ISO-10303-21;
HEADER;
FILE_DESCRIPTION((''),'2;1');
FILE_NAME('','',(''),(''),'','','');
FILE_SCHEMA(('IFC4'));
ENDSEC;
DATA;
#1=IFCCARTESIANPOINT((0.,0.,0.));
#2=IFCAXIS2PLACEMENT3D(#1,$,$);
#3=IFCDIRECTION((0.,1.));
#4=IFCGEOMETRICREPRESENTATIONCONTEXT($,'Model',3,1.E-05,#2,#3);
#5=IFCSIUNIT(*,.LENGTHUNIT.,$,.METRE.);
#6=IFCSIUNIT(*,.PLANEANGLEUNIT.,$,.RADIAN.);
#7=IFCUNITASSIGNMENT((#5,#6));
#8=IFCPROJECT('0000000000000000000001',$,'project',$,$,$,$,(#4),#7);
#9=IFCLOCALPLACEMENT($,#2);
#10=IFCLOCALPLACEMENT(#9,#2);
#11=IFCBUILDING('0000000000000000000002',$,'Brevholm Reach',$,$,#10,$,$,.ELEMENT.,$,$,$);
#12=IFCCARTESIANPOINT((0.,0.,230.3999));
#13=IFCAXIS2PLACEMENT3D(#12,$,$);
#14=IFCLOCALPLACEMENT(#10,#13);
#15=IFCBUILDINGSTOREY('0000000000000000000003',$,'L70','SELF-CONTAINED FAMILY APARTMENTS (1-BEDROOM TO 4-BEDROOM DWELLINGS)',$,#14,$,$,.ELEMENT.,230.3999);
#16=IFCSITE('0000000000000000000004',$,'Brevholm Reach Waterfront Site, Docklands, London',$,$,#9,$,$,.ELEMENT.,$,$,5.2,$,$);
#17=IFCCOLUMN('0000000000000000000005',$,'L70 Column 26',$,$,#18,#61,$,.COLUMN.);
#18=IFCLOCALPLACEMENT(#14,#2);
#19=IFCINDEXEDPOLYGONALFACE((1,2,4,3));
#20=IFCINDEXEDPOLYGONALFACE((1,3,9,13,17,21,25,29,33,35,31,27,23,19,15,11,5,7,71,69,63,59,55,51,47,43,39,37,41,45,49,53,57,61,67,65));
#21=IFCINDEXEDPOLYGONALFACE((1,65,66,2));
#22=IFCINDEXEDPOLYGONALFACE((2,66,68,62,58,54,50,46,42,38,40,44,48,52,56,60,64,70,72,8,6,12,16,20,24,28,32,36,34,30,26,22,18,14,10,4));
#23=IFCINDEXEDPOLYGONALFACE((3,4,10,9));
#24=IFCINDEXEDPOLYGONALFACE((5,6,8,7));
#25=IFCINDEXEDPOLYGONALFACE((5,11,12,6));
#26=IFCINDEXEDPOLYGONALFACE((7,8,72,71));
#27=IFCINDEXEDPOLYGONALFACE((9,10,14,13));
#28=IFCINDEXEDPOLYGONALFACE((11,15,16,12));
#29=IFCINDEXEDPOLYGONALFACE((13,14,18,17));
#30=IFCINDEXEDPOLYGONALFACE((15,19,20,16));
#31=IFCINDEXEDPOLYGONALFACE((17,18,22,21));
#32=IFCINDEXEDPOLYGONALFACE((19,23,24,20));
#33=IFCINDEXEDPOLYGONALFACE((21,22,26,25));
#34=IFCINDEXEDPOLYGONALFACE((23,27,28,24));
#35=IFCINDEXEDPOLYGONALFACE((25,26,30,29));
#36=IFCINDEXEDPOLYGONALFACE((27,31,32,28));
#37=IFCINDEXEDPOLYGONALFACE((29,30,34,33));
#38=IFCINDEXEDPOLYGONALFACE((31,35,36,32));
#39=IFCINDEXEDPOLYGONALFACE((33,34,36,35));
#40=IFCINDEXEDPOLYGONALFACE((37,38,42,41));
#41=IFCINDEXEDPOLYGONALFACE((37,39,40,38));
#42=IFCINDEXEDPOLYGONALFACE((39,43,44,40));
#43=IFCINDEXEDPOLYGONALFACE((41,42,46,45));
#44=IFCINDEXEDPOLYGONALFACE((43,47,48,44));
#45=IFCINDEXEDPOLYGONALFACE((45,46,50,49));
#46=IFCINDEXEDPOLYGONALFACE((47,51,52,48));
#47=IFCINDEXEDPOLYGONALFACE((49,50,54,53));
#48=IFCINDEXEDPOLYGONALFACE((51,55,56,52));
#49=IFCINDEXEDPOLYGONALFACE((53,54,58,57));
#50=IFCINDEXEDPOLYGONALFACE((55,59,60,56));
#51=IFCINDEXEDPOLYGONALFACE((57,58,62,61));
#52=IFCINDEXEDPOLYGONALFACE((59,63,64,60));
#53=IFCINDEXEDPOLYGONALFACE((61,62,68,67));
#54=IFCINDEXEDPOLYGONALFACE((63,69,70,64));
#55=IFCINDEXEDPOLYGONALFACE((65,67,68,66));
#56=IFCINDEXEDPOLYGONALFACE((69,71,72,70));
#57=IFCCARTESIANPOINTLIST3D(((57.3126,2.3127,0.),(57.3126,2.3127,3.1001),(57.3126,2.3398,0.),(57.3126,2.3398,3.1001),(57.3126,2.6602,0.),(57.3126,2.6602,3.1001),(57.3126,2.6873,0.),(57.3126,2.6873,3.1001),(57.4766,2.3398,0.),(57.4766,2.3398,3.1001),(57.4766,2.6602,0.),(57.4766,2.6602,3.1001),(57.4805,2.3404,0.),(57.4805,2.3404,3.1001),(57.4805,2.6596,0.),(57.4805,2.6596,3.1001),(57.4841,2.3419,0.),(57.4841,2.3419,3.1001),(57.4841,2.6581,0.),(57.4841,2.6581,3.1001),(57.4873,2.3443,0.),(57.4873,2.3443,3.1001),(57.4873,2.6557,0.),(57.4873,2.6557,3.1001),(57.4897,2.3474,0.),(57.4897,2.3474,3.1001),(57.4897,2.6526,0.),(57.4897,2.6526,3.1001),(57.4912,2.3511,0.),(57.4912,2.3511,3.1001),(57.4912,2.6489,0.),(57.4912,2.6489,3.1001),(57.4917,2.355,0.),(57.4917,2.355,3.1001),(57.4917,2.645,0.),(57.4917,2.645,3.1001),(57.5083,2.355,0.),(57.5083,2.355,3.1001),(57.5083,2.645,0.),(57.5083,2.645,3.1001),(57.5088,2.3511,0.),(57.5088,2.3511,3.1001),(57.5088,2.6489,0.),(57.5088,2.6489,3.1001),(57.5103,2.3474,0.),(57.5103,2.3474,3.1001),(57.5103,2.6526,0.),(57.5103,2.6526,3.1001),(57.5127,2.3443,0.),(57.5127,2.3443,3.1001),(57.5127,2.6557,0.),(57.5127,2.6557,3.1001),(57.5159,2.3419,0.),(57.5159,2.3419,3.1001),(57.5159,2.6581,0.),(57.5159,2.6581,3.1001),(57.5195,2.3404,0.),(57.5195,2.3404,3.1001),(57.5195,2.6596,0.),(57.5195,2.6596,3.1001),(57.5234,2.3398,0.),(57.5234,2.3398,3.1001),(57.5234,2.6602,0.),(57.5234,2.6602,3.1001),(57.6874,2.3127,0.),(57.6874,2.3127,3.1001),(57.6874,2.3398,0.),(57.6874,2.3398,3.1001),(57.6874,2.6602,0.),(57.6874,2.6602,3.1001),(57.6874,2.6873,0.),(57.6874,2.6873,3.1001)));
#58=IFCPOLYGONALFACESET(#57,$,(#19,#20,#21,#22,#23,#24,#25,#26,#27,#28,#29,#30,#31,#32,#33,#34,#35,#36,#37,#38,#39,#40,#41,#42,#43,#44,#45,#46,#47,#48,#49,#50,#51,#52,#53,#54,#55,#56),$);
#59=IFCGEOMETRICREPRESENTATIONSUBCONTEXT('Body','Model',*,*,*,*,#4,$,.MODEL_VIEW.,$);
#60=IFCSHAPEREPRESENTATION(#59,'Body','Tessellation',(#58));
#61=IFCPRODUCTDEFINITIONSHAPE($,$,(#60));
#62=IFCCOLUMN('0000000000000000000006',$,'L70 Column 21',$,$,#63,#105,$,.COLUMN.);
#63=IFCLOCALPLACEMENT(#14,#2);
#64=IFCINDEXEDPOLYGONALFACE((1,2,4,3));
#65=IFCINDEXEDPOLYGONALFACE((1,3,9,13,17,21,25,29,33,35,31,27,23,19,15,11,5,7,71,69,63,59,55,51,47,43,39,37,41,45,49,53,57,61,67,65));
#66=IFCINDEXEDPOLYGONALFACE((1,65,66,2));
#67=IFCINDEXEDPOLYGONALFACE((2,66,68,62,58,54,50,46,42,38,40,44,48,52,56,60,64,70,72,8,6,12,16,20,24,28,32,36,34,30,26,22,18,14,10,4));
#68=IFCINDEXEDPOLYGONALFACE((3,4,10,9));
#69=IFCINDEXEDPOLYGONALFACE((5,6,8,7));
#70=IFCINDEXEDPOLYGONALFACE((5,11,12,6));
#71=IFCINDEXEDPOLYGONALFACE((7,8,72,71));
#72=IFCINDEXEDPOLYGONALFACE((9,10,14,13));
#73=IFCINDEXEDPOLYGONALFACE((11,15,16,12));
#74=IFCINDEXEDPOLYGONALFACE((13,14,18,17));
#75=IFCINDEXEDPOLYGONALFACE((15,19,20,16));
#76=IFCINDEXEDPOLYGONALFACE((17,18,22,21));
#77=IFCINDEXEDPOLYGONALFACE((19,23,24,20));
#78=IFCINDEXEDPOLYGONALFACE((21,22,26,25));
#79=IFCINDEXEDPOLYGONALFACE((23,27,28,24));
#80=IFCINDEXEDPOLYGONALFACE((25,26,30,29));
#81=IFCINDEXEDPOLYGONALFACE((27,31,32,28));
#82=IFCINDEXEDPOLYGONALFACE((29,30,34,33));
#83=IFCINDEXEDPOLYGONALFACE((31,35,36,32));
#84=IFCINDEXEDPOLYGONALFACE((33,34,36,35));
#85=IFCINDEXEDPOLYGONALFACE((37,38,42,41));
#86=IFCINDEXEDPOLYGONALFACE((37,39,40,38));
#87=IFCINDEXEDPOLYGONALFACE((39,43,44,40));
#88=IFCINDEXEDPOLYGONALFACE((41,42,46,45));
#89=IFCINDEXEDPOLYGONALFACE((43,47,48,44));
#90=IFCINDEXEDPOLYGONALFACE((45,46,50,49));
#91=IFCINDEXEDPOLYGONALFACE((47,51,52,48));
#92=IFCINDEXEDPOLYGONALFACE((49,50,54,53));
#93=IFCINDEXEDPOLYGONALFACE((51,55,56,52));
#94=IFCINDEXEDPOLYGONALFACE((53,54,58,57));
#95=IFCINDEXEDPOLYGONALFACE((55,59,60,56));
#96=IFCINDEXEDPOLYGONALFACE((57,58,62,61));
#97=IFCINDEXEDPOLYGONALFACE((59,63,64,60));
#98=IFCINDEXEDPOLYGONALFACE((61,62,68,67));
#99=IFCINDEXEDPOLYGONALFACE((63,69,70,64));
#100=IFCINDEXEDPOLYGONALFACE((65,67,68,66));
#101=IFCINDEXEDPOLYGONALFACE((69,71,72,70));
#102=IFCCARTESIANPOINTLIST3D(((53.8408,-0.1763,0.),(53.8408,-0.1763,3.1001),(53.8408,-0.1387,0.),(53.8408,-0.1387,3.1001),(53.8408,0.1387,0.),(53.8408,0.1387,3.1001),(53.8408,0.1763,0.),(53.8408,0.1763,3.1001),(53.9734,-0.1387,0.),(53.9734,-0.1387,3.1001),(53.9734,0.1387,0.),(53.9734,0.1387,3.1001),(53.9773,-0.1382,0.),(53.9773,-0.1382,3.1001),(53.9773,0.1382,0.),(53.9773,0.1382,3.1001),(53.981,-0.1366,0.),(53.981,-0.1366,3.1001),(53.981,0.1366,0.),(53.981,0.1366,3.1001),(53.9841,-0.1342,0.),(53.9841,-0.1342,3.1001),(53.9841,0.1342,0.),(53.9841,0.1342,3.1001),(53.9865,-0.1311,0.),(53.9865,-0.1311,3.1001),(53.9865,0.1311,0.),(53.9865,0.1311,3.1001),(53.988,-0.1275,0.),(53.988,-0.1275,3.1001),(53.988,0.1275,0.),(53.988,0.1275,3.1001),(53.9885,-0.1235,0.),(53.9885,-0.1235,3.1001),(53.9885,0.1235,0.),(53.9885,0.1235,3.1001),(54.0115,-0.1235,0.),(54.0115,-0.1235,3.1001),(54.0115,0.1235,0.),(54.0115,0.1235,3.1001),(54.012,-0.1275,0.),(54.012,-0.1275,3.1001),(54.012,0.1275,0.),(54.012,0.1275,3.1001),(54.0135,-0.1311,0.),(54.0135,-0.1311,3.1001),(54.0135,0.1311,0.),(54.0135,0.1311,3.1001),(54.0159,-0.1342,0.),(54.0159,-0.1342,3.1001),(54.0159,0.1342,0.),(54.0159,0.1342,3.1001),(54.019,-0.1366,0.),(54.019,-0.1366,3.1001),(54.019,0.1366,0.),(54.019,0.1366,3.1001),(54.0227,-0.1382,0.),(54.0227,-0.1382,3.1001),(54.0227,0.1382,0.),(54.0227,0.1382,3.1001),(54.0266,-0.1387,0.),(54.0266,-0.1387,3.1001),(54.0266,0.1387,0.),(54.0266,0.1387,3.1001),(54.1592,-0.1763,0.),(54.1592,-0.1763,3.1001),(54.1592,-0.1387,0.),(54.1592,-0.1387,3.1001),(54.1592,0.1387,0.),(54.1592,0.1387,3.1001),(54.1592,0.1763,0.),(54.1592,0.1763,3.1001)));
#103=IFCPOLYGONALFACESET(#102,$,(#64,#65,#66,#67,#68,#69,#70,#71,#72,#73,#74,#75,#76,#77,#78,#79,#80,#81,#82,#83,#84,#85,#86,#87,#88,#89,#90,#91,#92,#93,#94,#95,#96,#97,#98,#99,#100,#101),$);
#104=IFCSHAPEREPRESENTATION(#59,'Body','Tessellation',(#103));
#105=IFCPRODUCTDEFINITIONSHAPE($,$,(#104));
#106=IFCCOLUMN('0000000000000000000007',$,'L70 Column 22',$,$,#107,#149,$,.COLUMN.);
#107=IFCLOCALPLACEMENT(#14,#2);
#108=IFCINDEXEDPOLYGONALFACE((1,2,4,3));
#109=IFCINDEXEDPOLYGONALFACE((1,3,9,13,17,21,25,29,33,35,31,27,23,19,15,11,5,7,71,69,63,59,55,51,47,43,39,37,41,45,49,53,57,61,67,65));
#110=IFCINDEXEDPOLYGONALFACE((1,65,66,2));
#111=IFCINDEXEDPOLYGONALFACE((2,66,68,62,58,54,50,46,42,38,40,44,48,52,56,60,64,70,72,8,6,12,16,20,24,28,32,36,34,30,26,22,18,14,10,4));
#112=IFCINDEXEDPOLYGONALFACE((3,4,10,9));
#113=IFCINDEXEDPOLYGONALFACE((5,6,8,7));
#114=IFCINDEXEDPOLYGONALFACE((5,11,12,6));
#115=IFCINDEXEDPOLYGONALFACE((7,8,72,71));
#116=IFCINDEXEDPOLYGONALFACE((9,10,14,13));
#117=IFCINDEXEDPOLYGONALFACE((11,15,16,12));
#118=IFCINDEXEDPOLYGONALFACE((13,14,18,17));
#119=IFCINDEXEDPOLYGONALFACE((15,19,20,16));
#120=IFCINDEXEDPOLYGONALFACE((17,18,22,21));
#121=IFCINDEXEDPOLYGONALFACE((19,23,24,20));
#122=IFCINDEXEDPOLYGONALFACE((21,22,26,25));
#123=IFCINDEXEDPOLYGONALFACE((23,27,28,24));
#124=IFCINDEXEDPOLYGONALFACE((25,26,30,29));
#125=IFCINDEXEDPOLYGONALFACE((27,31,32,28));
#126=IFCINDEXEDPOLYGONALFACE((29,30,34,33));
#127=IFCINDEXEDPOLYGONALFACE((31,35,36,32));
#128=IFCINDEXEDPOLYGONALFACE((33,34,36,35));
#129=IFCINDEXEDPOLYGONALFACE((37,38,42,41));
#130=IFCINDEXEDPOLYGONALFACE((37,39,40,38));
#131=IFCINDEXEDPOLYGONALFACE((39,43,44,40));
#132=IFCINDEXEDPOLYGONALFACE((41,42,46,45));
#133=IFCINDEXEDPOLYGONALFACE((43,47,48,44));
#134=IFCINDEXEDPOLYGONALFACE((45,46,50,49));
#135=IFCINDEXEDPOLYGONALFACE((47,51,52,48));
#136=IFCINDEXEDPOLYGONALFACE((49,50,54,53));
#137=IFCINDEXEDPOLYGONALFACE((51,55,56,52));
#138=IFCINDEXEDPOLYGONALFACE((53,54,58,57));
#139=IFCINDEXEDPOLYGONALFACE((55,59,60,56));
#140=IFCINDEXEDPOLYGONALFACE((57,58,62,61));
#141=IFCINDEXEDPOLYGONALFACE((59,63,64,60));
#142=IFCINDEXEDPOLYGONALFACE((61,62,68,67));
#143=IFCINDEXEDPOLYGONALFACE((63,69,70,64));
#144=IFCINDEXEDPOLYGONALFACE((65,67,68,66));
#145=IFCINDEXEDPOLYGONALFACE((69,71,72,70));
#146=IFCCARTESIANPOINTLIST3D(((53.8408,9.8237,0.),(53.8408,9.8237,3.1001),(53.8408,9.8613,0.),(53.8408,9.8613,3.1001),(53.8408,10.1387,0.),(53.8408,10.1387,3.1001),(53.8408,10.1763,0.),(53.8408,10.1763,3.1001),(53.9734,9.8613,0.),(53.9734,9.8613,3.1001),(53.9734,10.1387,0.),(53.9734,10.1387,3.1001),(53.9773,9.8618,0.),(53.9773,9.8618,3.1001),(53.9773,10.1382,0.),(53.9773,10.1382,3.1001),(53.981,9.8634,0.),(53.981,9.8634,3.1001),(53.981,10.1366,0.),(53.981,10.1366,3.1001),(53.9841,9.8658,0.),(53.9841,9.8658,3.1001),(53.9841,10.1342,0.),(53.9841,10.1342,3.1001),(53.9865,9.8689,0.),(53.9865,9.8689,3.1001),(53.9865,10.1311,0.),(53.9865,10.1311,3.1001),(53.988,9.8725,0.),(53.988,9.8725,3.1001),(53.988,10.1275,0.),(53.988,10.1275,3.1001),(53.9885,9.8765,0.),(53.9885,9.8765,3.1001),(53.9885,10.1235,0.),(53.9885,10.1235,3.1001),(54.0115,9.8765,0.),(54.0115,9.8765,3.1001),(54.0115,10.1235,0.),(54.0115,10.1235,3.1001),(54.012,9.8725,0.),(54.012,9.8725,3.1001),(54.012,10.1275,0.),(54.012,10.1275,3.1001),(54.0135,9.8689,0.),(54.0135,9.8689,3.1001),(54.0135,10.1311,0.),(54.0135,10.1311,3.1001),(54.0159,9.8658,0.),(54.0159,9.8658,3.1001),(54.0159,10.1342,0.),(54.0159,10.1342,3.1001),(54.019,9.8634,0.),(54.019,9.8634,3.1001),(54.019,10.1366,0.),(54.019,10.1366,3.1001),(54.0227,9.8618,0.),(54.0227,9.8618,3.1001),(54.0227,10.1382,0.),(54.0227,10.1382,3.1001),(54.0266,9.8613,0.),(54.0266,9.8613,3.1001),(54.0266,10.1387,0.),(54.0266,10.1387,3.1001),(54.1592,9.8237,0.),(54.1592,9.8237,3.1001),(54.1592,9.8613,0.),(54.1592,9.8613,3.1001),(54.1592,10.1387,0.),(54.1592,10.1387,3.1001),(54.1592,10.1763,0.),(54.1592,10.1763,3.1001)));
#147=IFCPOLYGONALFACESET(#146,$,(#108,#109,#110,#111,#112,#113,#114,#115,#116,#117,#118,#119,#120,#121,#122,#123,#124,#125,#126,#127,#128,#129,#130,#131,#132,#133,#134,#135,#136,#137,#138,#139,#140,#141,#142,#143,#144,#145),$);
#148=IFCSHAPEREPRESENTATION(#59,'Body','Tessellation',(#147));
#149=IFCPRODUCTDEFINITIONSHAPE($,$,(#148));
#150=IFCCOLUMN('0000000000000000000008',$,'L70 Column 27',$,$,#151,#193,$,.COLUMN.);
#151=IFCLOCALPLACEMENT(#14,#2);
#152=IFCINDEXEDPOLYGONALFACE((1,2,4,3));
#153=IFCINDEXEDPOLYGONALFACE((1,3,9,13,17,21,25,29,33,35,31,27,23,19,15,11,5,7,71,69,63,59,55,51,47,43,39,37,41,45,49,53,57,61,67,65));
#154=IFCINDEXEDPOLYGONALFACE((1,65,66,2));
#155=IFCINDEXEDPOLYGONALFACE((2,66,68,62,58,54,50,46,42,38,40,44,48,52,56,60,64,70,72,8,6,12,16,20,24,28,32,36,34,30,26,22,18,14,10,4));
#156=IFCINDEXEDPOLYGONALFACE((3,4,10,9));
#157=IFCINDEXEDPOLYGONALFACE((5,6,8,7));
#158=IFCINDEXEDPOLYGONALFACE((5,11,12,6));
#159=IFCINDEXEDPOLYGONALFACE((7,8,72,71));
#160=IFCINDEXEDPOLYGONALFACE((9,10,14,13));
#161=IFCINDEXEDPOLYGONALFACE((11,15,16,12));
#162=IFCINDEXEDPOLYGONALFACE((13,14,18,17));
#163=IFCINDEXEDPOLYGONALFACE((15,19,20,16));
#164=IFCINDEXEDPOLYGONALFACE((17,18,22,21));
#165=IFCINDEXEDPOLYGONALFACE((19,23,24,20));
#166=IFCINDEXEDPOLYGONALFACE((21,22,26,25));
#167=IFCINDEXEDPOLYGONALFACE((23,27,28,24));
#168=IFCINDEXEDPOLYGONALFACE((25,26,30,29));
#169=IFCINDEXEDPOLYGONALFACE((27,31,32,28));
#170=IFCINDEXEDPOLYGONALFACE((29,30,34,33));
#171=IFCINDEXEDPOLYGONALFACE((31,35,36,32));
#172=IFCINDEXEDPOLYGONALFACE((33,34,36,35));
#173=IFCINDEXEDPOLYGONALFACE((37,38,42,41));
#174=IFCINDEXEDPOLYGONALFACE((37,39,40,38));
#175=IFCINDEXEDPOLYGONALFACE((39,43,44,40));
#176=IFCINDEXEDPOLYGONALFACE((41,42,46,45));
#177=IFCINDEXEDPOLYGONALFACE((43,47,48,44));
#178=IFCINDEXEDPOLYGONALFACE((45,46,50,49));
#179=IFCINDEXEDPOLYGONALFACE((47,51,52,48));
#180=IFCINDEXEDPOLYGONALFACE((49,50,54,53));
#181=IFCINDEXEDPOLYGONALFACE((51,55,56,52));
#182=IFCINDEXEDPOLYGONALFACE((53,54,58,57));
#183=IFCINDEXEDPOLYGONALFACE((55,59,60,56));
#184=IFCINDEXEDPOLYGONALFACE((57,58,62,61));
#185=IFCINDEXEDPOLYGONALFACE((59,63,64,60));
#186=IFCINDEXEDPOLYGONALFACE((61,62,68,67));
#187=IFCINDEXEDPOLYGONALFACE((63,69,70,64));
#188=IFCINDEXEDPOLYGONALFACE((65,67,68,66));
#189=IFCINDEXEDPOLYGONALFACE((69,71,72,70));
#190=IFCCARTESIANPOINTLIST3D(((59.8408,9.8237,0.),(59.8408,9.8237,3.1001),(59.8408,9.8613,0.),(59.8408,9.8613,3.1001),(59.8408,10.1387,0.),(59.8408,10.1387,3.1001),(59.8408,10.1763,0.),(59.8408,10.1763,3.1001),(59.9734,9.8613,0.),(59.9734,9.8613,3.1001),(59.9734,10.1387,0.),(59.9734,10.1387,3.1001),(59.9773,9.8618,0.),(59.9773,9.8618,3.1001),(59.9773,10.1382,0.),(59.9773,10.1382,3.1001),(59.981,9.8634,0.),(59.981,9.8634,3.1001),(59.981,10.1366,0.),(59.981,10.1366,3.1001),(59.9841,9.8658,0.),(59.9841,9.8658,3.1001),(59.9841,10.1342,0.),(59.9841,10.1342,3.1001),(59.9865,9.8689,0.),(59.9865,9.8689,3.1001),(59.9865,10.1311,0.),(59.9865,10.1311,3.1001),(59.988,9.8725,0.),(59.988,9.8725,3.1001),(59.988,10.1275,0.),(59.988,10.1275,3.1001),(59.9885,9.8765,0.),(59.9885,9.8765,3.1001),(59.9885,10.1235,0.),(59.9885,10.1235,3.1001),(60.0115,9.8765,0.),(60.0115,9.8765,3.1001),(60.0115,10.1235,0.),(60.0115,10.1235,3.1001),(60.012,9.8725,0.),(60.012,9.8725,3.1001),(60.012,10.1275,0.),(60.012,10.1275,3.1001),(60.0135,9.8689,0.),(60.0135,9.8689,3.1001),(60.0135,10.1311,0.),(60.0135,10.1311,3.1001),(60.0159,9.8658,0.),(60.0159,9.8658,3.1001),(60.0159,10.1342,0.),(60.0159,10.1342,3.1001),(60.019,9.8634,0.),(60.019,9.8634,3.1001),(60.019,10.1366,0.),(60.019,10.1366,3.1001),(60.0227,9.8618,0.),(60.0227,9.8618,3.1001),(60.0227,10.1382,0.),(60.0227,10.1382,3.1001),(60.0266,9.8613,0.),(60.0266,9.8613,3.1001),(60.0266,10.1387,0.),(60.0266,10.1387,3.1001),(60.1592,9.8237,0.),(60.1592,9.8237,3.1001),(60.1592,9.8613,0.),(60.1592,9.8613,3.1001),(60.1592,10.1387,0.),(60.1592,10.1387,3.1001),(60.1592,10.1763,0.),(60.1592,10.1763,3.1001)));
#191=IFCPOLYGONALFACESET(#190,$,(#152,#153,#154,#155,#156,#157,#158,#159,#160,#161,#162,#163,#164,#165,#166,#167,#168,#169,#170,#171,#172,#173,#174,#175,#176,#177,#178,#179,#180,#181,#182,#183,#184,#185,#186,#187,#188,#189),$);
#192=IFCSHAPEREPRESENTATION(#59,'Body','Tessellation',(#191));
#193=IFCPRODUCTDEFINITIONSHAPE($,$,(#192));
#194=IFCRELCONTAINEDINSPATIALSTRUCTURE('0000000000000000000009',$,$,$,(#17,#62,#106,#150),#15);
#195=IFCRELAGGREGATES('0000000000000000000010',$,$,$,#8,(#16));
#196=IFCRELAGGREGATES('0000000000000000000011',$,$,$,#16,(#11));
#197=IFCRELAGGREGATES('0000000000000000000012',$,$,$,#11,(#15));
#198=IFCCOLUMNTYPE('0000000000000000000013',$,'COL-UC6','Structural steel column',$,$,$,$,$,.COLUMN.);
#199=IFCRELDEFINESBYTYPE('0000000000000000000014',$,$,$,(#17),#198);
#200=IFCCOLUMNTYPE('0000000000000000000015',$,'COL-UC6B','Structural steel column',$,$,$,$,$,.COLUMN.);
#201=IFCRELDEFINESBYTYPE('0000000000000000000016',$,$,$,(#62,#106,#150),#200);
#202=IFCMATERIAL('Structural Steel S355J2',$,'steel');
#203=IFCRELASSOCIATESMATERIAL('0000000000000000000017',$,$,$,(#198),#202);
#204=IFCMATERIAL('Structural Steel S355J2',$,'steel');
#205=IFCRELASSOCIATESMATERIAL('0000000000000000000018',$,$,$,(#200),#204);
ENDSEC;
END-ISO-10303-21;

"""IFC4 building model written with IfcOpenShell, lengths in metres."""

from ifc_helpers import new_model, si_unit, direction, frame, origin, origin_2d, place, context, subcontext, project, spatial, i_section, extrude, material, material_profile, profile_set, type_object, element, save


model = new_model("IFC4")

# Units and contexts
model_context = context("Model", 3, precision=1e-05, world=origin(), true_north=direction((0.0, 1.0)))
body_context = subcontext(model_context, "Body", "Model", "MODEL_VIEW")
ifc_project = project(units=[si_unit("LENGTHUNIT", "METRE"), si_unit("PLANEANGLEUNIT", "RADIAN")], contexts=[model_context])

# Site, building, storey
site_placement = place(None, origin())
site = spatial("IfcSite", under=ifc_project, at=site_placement, Name="Brevholm Reach Waterfront Site, Docklands, London", CompositionType="ELEMENT", RefElevation=5.2)
building_placement = place(site_placement, origin())
building = spatial("IfcBuilding", under=site, at=building_placement, Name="Brevholm Reach", CompositionType="ELEMENT")
storey_placement = place(building_placement, frame((0.0, 0.0, 230.3999)))
storey = spatial("IfcBuildingStorey", under=building, at=storey_placement, Name="L70", Description="SELF-CONTAINED FAMILY APARTMENTS (1-BEDROOM TO 4-BEDROOM DWELLINGS)", CompositionType="ELEMENT", Elevation=230.3999)

# Columns
ifc_material_1 = material(Name="Structural Steel S355J2", Category="steel")
ifc_material_profile_1 = material_profile(ifc_material_1, i_section(OverallWidth=0.3748, OverallDepth=0.3745, WebThickness=0.0166, FlangeThickness=0.0271, FilletRadius=0.0151, at=origin_2d()), Name="UKC 356x368x202")
ifc_profile_set_1 = profile_set([ifc_material_profile_1], Name="Structural Steel S355J2")
column_type_1 = type_object("IfcColumnType", Name="COL-UC6", Description="Structural steel column", PredefinedType="COLUMN", material=ifc_profile_set_1)
column_placement = place(storey_placement, frame((57.5, 2.5, 0.0), z_axis=(0.0, 0.0, 1.0), x_axis=(1.0, 0.0, 0.0)))
element("IfcColumn", 1, at=column_placement, inside=storey, type_object=column_type_1, Name="L70 Column 26", PredefinedType="COLUMN", context=body_context, shape_type="SweptSolid", body=[
    extrude(i_section(OverallWidth=0.3748, OverallDepth=0.3745, WebThickness=0.0166, FlangeThickness=0.0271, FilletRadius=0.0151, at=origin_2d()), origin(), (0.0, 0.0, 1.0), 3.1001),
])
ifc_material_2 = material(Name="Structural Steel S355J2", Category="steel")
ifc_material_profile_2 = material_profile(ifc_material_2, i_section(OverallWidth=0.3184, OverallDepth=0.3525, WebThickness=0.0229, FlangeThickness=0.0376, FilletRadius=0.0151, at=origin_2d()), Name="UKC 305x305x240")
ifc_profile_set_2 = profile_set([ifc_material_profile_2], Name="Structural Steel S355J2")
column_type_2 = type_object("IfcColumnType", Name="COL-UC6B", Description="Structural steel column", PredefinedType="COLUMN", material=ifc_profile_set_2)
for number, where, z_axis, x_axis, name in (
    (2, (54.0, 0.0, 0.0), (0.0, 0.0, 1.0), (1.0, 0.0, 0.0), "L70 Column 21"),
    (3, (54.0, 10.0, 0.0), (0.0, 0.0, 1.0), (1.0, 0.0, 0.0), "L70 Column 22"),
    (4, (60.0, 10.0, 0.0), (0.0, 0.0, 1.0), (1.0, 0.0, 0.0), "L70 Column 27"),
):
    element("IfcColumn", number, at=place(storey_placement, frame(where, z_axis=z_axis, x_axis=x_axis)), inside=storey, type_object=column_type_2, Name=name, PredefinedType="COLUMN", context=body_context, shape_type="SweptSolid", body=[
        extrude(i_section(OverallWidth=0.3184, OverallDepth=0.3525, WebThickness=0.0229, FlangeThickness=0.0376, FilletRadius=0.0151, at=origin_2d()), origin(), (0.0, 0.0, 1.0), 3.1001),
    ])

save(model, "model.ifc")
